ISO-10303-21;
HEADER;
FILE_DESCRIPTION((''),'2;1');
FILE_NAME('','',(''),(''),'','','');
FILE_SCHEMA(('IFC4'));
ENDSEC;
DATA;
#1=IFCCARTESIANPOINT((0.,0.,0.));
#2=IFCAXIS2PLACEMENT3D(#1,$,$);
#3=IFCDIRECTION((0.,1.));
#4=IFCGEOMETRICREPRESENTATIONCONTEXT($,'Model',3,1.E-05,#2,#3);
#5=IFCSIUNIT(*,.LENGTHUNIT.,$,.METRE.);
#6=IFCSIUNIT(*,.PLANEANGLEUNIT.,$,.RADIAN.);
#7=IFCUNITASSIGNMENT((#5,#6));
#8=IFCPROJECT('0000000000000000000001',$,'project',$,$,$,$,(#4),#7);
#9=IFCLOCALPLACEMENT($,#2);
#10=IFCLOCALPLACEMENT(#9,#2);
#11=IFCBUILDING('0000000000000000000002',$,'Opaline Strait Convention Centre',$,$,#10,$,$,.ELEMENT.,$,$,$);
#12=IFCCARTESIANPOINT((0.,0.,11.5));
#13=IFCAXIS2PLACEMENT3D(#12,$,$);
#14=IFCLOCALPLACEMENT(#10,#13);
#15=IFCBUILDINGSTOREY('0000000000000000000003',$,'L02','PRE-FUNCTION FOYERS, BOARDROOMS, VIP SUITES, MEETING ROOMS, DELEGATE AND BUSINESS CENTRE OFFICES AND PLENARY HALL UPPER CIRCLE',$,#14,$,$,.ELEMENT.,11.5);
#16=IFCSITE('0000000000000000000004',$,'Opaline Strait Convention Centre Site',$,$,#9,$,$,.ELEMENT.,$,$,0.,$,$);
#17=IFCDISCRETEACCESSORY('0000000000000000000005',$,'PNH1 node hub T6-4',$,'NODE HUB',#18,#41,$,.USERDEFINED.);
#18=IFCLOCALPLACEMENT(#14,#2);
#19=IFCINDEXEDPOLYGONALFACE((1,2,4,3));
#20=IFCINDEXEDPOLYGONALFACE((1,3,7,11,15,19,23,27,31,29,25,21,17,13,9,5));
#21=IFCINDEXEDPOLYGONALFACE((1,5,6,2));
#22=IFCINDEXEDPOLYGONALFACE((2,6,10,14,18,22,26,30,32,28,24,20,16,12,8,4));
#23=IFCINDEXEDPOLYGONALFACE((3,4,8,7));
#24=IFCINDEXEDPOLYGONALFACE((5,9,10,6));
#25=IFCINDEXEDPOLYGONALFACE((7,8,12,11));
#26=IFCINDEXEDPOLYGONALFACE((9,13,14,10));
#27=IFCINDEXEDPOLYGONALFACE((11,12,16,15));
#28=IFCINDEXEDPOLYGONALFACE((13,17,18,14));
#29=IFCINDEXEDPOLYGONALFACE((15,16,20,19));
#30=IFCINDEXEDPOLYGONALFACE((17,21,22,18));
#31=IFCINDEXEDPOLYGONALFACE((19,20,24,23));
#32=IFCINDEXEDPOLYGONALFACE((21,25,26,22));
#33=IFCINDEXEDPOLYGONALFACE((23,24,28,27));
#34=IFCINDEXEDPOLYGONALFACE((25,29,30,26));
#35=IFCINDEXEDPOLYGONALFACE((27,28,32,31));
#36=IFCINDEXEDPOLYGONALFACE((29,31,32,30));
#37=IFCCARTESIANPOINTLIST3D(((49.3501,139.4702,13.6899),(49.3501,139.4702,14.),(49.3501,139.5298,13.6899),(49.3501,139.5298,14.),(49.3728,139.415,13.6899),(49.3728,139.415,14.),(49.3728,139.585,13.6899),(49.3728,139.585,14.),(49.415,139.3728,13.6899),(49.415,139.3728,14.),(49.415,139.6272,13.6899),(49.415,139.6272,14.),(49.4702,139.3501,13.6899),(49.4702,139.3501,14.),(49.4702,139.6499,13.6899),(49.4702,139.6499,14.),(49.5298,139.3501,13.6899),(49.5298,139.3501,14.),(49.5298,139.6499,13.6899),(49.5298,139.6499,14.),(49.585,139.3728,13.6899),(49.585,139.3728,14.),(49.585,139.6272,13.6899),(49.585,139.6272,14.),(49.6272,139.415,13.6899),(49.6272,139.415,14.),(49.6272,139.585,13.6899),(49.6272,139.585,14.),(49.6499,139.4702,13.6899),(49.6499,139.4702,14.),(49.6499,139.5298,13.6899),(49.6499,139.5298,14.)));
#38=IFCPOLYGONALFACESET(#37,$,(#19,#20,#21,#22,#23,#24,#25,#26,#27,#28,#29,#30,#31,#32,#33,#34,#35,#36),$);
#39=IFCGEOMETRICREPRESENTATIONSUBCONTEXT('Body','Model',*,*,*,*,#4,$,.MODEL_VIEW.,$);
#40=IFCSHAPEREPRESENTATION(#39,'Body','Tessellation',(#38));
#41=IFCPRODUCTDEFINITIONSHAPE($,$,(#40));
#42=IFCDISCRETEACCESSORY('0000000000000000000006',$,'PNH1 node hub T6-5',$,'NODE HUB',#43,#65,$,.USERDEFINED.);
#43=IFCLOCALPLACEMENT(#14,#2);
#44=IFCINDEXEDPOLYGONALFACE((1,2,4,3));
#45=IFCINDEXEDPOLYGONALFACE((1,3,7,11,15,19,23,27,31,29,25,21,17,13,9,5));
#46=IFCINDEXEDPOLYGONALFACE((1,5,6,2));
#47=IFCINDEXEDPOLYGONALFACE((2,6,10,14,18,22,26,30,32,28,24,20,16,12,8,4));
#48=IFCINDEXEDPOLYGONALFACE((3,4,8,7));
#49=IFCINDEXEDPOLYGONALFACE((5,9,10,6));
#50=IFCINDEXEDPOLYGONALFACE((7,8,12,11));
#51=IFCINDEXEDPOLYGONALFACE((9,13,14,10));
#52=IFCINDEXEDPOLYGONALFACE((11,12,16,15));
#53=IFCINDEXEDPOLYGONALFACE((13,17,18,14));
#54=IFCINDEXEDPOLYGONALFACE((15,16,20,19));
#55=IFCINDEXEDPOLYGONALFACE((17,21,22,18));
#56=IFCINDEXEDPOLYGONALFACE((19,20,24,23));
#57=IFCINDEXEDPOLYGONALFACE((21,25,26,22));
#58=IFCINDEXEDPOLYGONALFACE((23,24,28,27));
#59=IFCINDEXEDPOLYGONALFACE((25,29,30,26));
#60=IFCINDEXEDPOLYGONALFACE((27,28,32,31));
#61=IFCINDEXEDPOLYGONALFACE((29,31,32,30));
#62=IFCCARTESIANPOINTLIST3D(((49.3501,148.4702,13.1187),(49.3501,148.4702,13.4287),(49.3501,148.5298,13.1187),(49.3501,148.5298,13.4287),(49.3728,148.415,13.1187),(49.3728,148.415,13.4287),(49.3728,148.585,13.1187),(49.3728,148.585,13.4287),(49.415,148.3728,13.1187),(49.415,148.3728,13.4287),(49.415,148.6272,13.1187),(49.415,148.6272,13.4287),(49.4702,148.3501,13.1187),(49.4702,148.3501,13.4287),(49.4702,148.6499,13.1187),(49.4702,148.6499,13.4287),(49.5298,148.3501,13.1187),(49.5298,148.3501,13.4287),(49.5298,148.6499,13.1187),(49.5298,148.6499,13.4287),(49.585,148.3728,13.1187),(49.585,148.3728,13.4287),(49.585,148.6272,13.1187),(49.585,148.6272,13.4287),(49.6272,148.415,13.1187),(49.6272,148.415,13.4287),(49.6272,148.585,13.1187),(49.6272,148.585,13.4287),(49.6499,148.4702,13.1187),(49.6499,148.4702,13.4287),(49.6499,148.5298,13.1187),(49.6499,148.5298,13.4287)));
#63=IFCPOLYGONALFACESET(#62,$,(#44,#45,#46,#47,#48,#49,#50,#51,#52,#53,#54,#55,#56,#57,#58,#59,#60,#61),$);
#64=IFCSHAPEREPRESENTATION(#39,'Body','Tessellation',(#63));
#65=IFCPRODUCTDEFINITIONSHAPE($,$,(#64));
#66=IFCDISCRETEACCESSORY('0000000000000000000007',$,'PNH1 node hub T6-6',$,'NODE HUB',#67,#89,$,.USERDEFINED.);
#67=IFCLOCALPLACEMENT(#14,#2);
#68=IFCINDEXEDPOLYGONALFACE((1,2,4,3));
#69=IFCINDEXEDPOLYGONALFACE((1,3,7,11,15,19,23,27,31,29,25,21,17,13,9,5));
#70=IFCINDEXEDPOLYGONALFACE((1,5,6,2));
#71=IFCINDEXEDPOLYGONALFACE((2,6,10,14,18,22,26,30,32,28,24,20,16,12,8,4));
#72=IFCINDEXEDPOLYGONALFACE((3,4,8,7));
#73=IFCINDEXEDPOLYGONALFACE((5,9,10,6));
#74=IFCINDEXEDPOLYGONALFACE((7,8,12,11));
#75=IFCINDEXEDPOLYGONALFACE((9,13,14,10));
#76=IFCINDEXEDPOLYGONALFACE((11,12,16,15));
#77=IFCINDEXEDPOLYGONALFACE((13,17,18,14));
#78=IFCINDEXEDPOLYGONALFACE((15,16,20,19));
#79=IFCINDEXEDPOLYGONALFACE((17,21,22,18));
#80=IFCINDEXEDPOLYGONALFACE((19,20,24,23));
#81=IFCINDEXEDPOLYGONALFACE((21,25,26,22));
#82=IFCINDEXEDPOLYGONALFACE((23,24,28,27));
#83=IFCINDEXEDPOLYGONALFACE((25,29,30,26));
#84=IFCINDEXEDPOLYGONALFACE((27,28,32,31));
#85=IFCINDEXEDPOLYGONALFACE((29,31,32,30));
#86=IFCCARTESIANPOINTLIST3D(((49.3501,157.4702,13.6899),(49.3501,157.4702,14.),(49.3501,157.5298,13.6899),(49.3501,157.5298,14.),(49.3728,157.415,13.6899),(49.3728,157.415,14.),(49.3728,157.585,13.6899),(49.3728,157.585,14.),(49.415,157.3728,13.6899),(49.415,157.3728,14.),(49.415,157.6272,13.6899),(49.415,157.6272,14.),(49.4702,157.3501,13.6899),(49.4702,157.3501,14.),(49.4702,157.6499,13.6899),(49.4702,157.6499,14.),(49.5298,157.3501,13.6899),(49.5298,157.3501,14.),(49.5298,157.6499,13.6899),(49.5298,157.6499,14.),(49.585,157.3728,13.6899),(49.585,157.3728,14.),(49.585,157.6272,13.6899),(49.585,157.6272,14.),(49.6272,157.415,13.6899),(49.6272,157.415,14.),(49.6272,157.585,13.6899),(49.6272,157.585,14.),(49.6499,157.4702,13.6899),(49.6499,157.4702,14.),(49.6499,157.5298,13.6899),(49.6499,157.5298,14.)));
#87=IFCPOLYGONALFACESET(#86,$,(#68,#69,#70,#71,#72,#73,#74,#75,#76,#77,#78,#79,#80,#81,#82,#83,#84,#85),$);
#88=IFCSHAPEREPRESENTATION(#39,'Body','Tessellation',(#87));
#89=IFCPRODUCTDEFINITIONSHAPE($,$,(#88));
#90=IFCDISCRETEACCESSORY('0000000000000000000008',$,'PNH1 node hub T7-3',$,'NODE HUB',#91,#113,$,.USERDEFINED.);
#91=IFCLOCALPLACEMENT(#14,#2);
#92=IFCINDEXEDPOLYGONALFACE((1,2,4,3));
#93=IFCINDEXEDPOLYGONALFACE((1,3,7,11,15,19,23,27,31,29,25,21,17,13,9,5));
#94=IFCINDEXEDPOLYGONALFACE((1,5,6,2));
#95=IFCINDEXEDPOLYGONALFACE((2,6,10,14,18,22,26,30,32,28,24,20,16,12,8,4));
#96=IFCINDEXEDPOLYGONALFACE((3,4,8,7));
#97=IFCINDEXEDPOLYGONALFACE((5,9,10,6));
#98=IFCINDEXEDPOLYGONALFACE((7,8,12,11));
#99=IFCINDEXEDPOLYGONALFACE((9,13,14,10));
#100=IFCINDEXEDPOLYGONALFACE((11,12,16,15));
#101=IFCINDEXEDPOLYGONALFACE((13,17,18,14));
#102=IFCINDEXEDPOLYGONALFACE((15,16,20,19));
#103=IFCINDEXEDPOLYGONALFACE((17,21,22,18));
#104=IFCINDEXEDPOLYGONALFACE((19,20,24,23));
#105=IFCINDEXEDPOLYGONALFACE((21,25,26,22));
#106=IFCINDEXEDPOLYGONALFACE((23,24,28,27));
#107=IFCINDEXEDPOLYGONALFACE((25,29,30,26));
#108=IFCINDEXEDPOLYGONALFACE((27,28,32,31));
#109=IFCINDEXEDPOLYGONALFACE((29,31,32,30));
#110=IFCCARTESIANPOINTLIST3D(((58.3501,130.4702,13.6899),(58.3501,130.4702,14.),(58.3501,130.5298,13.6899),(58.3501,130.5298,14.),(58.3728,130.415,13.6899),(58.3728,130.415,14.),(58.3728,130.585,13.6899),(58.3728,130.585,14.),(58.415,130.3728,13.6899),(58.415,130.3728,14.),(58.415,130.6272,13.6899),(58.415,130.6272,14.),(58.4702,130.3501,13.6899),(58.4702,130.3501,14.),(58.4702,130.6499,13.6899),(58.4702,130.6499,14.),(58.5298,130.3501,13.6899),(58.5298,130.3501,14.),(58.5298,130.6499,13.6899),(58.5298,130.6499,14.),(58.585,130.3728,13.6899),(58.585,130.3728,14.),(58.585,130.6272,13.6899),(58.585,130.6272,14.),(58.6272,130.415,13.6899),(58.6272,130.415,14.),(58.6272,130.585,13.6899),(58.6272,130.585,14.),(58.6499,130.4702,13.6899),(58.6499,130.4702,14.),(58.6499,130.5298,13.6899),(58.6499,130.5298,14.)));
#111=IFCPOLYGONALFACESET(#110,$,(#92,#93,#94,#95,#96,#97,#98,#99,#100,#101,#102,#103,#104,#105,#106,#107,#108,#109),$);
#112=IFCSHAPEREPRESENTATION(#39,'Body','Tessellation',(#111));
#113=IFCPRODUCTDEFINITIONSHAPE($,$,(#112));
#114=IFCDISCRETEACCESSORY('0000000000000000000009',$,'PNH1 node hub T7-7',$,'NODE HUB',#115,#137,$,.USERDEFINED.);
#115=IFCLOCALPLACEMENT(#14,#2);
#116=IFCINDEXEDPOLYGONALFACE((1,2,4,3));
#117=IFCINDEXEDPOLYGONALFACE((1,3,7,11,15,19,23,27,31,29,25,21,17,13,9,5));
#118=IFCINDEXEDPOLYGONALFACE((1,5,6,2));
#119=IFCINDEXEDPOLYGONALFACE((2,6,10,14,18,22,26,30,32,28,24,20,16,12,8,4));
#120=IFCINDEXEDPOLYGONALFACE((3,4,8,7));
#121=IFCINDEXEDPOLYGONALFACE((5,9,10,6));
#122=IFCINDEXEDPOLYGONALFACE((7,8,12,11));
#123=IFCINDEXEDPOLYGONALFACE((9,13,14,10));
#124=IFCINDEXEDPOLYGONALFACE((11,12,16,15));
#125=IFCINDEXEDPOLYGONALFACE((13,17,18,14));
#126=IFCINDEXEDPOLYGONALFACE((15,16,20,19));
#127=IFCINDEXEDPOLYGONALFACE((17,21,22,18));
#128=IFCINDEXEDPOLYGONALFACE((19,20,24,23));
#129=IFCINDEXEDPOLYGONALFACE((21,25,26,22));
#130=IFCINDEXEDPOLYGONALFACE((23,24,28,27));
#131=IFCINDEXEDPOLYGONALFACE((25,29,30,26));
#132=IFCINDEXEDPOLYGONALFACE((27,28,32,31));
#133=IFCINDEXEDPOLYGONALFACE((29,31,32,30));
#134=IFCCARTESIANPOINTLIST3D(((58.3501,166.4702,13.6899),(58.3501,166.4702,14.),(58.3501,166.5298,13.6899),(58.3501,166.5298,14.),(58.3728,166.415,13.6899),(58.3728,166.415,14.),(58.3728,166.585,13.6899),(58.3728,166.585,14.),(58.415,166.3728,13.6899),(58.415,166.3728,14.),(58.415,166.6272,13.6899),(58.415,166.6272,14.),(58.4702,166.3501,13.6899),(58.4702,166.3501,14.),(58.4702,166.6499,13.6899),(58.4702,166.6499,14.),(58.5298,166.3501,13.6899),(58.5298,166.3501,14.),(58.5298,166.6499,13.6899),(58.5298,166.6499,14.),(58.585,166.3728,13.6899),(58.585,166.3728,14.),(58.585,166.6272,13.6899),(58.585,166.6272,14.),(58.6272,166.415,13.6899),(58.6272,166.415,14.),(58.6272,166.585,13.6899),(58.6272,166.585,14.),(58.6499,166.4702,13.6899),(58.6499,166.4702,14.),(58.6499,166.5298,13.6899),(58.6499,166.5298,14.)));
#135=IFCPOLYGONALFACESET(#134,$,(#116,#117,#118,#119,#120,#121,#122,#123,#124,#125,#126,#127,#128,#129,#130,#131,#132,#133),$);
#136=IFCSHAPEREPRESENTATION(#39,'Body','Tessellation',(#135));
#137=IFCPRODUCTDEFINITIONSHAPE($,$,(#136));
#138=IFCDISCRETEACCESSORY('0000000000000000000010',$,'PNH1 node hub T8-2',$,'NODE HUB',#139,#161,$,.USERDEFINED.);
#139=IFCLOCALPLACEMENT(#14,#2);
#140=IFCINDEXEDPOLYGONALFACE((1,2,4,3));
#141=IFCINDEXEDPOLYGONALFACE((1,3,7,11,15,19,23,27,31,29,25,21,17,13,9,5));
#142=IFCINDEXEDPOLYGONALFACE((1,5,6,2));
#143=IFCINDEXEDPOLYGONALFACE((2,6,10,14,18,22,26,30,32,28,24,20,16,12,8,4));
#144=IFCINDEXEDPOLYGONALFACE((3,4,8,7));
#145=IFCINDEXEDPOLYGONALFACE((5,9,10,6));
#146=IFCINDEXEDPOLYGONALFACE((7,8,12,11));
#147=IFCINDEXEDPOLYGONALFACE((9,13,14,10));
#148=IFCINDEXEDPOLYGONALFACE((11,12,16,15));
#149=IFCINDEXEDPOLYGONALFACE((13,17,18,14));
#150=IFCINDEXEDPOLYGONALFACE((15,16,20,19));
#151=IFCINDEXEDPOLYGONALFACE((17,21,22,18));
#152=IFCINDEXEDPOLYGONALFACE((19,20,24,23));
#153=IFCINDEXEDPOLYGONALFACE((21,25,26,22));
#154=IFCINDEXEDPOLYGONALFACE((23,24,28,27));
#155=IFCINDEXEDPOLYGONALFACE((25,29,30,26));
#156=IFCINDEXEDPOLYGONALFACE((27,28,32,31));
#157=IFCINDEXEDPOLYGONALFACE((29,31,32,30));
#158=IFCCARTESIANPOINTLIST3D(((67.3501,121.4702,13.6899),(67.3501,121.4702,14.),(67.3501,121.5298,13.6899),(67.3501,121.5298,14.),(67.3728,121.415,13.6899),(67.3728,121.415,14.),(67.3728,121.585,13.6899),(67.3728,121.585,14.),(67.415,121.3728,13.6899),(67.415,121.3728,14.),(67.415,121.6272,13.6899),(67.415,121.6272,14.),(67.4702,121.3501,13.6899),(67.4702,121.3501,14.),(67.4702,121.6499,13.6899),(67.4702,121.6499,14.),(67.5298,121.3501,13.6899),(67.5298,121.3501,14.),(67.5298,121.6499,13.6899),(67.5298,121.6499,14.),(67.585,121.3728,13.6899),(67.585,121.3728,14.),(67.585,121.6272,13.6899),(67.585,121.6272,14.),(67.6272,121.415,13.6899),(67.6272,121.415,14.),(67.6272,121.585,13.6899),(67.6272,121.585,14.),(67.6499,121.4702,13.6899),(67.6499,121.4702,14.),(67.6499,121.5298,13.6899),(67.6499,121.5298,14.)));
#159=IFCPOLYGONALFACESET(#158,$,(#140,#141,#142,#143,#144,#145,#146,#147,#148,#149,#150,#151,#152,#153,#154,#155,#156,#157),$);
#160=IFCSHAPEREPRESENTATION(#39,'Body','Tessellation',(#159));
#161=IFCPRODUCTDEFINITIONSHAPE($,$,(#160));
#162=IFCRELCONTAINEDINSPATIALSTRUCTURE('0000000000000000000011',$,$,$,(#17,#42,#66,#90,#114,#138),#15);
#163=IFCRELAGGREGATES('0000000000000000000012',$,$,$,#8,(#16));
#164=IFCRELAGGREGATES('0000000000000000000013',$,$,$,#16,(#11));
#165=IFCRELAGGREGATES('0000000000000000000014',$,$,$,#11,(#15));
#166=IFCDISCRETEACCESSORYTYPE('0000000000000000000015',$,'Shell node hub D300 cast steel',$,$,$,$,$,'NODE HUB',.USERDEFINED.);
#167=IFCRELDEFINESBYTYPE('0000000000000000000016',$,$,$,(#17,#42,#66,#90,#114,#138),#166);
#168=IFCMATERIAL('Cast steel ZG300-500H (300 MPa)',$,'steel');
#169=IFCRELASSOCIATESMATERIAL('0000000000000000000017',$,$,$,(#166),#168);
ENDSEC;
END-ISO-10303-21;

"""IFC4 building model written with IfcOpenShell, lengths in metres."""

from ifc_helpers import new_model, si_unit, direction, frame, origin, place, context, subcontext, project, spatial, polyline, outline, extrude, material, type_object, element, save


model = new_model("IFC4")

# Units and contexts
model_context = context("Model", 3, precision=1e-05, world=origin(), true_north=direction((0.0, 1.0)))
body_context = subcontext(model_context, "Body", "Model", "MODEL_VIEW")
ifc_project = project(units=[si_unit("LENGTHUNIT", "METRE"), si_unit("PLANEANGLEUNIT", "RADIAN")], contexts=[model_context])

# Site, building, storey
site_placement = place(None, origin())
site = spatial("IfcSite", under=ifc_project, at=site_placement, Name="Opaline Strait Convention Centre Site", CompositionType="ELEMENT", RefElevation=0.0)
building_placement = place(site_placement, origin())
building = spatial("IfcBuilding", under=site, at=building_placement, Name="Opaline Strait Convention Centre", CompositionType="ELEMENT")
storey_placement = place(building_placement, frame((0.0, 0.0, 11.5)))
storey = spatial("IfcBuildingStorey", under=building, at=storey_placement, Name="L02", Description="PRE-FUNCTION FOYERS, BOARDROOMS, VIP SUITES, MEETING ROOMS, DELEGATE AND BUSINESS CENTRE OFFICES AND PLENARY HALL UPPER CIRCLE", CompositionType="ELEMENT", Elevation=11.5)

# Discrete accessories
ifc_material_1 = material(Name="Cast steel ZG300-500H (300 MPa)", Category="steel")
discrete_accessory_type_1 = type_object("IfcDiscreteAccessoryType", Name="Shell node hub D300 cast steel", ElementType="NODE HUB", PredefinedType="USERDEFINED", material=ifc_material_1)
discrete_accessory_1_placement = place(storey_placement, frame((0.0, 0.0, 13.6899)))
element("IfcDiscreteAccessory", 1, at=discrete_accessory_1_placement, inside=storey, type_object=discrete_accessory_type_1, Name="PNH1 node hub T6-4", ObjectType="NODE HUB", PredefinedType="USERDEFINED", context=body_context, shape_type="SweptSolid", body=[
    extrude(outline(polyline([(49.6499, 139.5298), (49.6272, 139.585), (49.585, 139.6272), (49.5298, 139.6499), (49.4702, 139.6499), (49.415, 139.6272), (49.3728, 139.585), (49.3501, 139.5298), (49.3501, 139.4702), (49.3728, 139.415), (49.415, 139.3728), (49.4702, 139.3501), (49.5298, 139.3501), (49.585, 139.3728), (49.6272, 139.415), (49.6499, 139.4702), (49.6499, 139.5298)])), origin(), (0.0, 0.0, 1.0), 0.3101),
])
discrete_accessory_2_placement = place(storey_placement, frame((0.0, 0.0, 13.1187)))
element("IfcDiscreteAccessory", 2, at=discrete_accessory_2_placement, inside=storey, type_object=discrete_accessory_type_1, Name="PNH1 node hub T6-5", ObjectType="NODE HUB", PredefinedType="USERDEFINED", context=body_context, shape_type="SweptSolid", body=[
    extrude(outline(polyline([(49.6499, 148.5298), (49.6272, 148.585), (49.585, 148.6272), (49.5298, 148.6499), (49.4702, 148.6499), (49.415, 148.6272), (49.3728, 148.585), (49.3501, 148.5298), (49.3501, 148.4702), (49.3728, 148.415), (49.415, 148.3728), (49.4702, 148.3501), (49.5298, 148.3501), (49.585, 148.3728), (49.6272, 148.415), (49.6499, 148.4702), (49.6499, 148.5298)])), origin(), (0.0, 0.0, 1.0), 0.3101),
])
discrete_accessory_3_placement = place(storey_placement, frame((0.0, 0.0, 13.6899)))
element("IfcDiscreteAccessory", 3, at=discrete_accessory_3_placement, inside=storey, type_object=discrete_accessory_type_1, Name="PNH1 node hub T6-6", ObjectType="NODE HUB", PredefinedType="USERDEFINED", context=body_context, shape_type="SweptSolid", body=[
    extrude(outline(polyline([(49.6499, 157.5298), (49.6272, 157.585), (49.585, 157.6272), (49.5298, 157.6499), (49.4702, 157.6499), (49.415, 157.6272), (49.3728, 157.585), (49.3501, 157.5298), (49.3501, 157.4702), (49.3728, 157.415), (49.415, 157.3728), (49.4702, 157.3501), (49.5298, 157.3501), (49.585, 157.3728), (49.6272, 157.415), (49.6499, 157.4702), (49.6499, 157.5298)])), origin(), (0.0, 0.0, 1.0), 0.3101),
])
discrete_accessory_4_placement = place(storey_placement, frame((0.0, 0.0, 13.6899)))
element("IfcDiscreteAccessory", 4, at=discrete_accessory_4_placement, inside=storey, type_object=discrete_accessory_type_1, Name="PNH1 node hub T7-3", ObjectType="NODE HUB", PredefinedType="USERDEFINED", context=body_context, shape_type="SweptSolid", body=[
    extrude(outline(polyline([(58.6499, 130.5298), (58.6272, 130.585), (58.585, 130.6272), (58.5298, 130.6499), (58.4702, 130.6499), (58.415, 130.6272), (58.3728, 130.585), (58.3501, 130.5298), (58.3501, 130.4702), (58.3728, 130.415), (58.415, 130.3728), (58.4702, 130.3501), (58.5298, 130.3501), (58.585, 130.3728), (58.6272, 130.415), (58.6499, 130.4702), (58.6499, 130.5298)])), origin(), (0.0, 0.0, 1.0), 0.3101),
])
discrete_accessory_5_placement = place(storey_placement, frame((0.0, 0.0, 13.6899)))
element("IfcDiscreteAccessory", 5, at=discrete_accessory_5_placement, inside=storey, type_object=discrete_accessory_type_1, Name="PNH1 node hub T7-7", ObjectType="NODE HUB", PredefinedType="USERDEFINED", context=body_context, shape_type="SweptSolid", body=[
    extrude(outline(polyline([(58.6499, 166.5298), (58.6272, 166.585), (58.585, 166.6272), (58.5298, 166.6499), (58.4702, 166.6499), (58.415, 166.6272), (58.3728, 166.585), (58.3501, 166.5298), (58.3501, 166.4702), (58.3728, 166.415), (58.415, 166.3728), (58.4702, 166.3501), (58.5298, 166.3501), (58.585, 166.3728), (58.6272, 166.415), (58.6499, 166.4702), (58.6499, 166.5298)])), origin(), (0.0, 0.0, 1.0), 0.3101),
])
discrete_accessory_6_placement = place(storey_placement, frame((0.0, 0.0, 13.6899)))
element("IfcDiscreteAccessory", 6, at=discrete_accessory_6_placement, inside=storey, type_object=discrete_accessory_type_1, Name="PNH1 node hub T8-2", ObjectType="NODE HUB", PredefinedType="USERDEFINED", context=body_context, shape_type="SweptSolid", body=[
    extrude(outline(polyline([(67.6499, 121.5298), (67.6272, 121.585), (67.585, 121.6272), (67.5298, 121.6499), (67.4702, 121.6499), (67.415, 121.6272), (67.3728, 121.585), (67.3501, 121.5298), (67.3501, 121.4702), (67.3728, 121.415), (67.415, 121.3728), (67.4702, 121.3501), (67.5298, 121.3501), (67.585, 121.3728), (67.6272, 121.415), (67.6499, 121.4702), (67.6499, 121.5298)])), origin(), (0.0, 0.0, 1.0), 0.3101),
])

save(model, "model.ifc")
